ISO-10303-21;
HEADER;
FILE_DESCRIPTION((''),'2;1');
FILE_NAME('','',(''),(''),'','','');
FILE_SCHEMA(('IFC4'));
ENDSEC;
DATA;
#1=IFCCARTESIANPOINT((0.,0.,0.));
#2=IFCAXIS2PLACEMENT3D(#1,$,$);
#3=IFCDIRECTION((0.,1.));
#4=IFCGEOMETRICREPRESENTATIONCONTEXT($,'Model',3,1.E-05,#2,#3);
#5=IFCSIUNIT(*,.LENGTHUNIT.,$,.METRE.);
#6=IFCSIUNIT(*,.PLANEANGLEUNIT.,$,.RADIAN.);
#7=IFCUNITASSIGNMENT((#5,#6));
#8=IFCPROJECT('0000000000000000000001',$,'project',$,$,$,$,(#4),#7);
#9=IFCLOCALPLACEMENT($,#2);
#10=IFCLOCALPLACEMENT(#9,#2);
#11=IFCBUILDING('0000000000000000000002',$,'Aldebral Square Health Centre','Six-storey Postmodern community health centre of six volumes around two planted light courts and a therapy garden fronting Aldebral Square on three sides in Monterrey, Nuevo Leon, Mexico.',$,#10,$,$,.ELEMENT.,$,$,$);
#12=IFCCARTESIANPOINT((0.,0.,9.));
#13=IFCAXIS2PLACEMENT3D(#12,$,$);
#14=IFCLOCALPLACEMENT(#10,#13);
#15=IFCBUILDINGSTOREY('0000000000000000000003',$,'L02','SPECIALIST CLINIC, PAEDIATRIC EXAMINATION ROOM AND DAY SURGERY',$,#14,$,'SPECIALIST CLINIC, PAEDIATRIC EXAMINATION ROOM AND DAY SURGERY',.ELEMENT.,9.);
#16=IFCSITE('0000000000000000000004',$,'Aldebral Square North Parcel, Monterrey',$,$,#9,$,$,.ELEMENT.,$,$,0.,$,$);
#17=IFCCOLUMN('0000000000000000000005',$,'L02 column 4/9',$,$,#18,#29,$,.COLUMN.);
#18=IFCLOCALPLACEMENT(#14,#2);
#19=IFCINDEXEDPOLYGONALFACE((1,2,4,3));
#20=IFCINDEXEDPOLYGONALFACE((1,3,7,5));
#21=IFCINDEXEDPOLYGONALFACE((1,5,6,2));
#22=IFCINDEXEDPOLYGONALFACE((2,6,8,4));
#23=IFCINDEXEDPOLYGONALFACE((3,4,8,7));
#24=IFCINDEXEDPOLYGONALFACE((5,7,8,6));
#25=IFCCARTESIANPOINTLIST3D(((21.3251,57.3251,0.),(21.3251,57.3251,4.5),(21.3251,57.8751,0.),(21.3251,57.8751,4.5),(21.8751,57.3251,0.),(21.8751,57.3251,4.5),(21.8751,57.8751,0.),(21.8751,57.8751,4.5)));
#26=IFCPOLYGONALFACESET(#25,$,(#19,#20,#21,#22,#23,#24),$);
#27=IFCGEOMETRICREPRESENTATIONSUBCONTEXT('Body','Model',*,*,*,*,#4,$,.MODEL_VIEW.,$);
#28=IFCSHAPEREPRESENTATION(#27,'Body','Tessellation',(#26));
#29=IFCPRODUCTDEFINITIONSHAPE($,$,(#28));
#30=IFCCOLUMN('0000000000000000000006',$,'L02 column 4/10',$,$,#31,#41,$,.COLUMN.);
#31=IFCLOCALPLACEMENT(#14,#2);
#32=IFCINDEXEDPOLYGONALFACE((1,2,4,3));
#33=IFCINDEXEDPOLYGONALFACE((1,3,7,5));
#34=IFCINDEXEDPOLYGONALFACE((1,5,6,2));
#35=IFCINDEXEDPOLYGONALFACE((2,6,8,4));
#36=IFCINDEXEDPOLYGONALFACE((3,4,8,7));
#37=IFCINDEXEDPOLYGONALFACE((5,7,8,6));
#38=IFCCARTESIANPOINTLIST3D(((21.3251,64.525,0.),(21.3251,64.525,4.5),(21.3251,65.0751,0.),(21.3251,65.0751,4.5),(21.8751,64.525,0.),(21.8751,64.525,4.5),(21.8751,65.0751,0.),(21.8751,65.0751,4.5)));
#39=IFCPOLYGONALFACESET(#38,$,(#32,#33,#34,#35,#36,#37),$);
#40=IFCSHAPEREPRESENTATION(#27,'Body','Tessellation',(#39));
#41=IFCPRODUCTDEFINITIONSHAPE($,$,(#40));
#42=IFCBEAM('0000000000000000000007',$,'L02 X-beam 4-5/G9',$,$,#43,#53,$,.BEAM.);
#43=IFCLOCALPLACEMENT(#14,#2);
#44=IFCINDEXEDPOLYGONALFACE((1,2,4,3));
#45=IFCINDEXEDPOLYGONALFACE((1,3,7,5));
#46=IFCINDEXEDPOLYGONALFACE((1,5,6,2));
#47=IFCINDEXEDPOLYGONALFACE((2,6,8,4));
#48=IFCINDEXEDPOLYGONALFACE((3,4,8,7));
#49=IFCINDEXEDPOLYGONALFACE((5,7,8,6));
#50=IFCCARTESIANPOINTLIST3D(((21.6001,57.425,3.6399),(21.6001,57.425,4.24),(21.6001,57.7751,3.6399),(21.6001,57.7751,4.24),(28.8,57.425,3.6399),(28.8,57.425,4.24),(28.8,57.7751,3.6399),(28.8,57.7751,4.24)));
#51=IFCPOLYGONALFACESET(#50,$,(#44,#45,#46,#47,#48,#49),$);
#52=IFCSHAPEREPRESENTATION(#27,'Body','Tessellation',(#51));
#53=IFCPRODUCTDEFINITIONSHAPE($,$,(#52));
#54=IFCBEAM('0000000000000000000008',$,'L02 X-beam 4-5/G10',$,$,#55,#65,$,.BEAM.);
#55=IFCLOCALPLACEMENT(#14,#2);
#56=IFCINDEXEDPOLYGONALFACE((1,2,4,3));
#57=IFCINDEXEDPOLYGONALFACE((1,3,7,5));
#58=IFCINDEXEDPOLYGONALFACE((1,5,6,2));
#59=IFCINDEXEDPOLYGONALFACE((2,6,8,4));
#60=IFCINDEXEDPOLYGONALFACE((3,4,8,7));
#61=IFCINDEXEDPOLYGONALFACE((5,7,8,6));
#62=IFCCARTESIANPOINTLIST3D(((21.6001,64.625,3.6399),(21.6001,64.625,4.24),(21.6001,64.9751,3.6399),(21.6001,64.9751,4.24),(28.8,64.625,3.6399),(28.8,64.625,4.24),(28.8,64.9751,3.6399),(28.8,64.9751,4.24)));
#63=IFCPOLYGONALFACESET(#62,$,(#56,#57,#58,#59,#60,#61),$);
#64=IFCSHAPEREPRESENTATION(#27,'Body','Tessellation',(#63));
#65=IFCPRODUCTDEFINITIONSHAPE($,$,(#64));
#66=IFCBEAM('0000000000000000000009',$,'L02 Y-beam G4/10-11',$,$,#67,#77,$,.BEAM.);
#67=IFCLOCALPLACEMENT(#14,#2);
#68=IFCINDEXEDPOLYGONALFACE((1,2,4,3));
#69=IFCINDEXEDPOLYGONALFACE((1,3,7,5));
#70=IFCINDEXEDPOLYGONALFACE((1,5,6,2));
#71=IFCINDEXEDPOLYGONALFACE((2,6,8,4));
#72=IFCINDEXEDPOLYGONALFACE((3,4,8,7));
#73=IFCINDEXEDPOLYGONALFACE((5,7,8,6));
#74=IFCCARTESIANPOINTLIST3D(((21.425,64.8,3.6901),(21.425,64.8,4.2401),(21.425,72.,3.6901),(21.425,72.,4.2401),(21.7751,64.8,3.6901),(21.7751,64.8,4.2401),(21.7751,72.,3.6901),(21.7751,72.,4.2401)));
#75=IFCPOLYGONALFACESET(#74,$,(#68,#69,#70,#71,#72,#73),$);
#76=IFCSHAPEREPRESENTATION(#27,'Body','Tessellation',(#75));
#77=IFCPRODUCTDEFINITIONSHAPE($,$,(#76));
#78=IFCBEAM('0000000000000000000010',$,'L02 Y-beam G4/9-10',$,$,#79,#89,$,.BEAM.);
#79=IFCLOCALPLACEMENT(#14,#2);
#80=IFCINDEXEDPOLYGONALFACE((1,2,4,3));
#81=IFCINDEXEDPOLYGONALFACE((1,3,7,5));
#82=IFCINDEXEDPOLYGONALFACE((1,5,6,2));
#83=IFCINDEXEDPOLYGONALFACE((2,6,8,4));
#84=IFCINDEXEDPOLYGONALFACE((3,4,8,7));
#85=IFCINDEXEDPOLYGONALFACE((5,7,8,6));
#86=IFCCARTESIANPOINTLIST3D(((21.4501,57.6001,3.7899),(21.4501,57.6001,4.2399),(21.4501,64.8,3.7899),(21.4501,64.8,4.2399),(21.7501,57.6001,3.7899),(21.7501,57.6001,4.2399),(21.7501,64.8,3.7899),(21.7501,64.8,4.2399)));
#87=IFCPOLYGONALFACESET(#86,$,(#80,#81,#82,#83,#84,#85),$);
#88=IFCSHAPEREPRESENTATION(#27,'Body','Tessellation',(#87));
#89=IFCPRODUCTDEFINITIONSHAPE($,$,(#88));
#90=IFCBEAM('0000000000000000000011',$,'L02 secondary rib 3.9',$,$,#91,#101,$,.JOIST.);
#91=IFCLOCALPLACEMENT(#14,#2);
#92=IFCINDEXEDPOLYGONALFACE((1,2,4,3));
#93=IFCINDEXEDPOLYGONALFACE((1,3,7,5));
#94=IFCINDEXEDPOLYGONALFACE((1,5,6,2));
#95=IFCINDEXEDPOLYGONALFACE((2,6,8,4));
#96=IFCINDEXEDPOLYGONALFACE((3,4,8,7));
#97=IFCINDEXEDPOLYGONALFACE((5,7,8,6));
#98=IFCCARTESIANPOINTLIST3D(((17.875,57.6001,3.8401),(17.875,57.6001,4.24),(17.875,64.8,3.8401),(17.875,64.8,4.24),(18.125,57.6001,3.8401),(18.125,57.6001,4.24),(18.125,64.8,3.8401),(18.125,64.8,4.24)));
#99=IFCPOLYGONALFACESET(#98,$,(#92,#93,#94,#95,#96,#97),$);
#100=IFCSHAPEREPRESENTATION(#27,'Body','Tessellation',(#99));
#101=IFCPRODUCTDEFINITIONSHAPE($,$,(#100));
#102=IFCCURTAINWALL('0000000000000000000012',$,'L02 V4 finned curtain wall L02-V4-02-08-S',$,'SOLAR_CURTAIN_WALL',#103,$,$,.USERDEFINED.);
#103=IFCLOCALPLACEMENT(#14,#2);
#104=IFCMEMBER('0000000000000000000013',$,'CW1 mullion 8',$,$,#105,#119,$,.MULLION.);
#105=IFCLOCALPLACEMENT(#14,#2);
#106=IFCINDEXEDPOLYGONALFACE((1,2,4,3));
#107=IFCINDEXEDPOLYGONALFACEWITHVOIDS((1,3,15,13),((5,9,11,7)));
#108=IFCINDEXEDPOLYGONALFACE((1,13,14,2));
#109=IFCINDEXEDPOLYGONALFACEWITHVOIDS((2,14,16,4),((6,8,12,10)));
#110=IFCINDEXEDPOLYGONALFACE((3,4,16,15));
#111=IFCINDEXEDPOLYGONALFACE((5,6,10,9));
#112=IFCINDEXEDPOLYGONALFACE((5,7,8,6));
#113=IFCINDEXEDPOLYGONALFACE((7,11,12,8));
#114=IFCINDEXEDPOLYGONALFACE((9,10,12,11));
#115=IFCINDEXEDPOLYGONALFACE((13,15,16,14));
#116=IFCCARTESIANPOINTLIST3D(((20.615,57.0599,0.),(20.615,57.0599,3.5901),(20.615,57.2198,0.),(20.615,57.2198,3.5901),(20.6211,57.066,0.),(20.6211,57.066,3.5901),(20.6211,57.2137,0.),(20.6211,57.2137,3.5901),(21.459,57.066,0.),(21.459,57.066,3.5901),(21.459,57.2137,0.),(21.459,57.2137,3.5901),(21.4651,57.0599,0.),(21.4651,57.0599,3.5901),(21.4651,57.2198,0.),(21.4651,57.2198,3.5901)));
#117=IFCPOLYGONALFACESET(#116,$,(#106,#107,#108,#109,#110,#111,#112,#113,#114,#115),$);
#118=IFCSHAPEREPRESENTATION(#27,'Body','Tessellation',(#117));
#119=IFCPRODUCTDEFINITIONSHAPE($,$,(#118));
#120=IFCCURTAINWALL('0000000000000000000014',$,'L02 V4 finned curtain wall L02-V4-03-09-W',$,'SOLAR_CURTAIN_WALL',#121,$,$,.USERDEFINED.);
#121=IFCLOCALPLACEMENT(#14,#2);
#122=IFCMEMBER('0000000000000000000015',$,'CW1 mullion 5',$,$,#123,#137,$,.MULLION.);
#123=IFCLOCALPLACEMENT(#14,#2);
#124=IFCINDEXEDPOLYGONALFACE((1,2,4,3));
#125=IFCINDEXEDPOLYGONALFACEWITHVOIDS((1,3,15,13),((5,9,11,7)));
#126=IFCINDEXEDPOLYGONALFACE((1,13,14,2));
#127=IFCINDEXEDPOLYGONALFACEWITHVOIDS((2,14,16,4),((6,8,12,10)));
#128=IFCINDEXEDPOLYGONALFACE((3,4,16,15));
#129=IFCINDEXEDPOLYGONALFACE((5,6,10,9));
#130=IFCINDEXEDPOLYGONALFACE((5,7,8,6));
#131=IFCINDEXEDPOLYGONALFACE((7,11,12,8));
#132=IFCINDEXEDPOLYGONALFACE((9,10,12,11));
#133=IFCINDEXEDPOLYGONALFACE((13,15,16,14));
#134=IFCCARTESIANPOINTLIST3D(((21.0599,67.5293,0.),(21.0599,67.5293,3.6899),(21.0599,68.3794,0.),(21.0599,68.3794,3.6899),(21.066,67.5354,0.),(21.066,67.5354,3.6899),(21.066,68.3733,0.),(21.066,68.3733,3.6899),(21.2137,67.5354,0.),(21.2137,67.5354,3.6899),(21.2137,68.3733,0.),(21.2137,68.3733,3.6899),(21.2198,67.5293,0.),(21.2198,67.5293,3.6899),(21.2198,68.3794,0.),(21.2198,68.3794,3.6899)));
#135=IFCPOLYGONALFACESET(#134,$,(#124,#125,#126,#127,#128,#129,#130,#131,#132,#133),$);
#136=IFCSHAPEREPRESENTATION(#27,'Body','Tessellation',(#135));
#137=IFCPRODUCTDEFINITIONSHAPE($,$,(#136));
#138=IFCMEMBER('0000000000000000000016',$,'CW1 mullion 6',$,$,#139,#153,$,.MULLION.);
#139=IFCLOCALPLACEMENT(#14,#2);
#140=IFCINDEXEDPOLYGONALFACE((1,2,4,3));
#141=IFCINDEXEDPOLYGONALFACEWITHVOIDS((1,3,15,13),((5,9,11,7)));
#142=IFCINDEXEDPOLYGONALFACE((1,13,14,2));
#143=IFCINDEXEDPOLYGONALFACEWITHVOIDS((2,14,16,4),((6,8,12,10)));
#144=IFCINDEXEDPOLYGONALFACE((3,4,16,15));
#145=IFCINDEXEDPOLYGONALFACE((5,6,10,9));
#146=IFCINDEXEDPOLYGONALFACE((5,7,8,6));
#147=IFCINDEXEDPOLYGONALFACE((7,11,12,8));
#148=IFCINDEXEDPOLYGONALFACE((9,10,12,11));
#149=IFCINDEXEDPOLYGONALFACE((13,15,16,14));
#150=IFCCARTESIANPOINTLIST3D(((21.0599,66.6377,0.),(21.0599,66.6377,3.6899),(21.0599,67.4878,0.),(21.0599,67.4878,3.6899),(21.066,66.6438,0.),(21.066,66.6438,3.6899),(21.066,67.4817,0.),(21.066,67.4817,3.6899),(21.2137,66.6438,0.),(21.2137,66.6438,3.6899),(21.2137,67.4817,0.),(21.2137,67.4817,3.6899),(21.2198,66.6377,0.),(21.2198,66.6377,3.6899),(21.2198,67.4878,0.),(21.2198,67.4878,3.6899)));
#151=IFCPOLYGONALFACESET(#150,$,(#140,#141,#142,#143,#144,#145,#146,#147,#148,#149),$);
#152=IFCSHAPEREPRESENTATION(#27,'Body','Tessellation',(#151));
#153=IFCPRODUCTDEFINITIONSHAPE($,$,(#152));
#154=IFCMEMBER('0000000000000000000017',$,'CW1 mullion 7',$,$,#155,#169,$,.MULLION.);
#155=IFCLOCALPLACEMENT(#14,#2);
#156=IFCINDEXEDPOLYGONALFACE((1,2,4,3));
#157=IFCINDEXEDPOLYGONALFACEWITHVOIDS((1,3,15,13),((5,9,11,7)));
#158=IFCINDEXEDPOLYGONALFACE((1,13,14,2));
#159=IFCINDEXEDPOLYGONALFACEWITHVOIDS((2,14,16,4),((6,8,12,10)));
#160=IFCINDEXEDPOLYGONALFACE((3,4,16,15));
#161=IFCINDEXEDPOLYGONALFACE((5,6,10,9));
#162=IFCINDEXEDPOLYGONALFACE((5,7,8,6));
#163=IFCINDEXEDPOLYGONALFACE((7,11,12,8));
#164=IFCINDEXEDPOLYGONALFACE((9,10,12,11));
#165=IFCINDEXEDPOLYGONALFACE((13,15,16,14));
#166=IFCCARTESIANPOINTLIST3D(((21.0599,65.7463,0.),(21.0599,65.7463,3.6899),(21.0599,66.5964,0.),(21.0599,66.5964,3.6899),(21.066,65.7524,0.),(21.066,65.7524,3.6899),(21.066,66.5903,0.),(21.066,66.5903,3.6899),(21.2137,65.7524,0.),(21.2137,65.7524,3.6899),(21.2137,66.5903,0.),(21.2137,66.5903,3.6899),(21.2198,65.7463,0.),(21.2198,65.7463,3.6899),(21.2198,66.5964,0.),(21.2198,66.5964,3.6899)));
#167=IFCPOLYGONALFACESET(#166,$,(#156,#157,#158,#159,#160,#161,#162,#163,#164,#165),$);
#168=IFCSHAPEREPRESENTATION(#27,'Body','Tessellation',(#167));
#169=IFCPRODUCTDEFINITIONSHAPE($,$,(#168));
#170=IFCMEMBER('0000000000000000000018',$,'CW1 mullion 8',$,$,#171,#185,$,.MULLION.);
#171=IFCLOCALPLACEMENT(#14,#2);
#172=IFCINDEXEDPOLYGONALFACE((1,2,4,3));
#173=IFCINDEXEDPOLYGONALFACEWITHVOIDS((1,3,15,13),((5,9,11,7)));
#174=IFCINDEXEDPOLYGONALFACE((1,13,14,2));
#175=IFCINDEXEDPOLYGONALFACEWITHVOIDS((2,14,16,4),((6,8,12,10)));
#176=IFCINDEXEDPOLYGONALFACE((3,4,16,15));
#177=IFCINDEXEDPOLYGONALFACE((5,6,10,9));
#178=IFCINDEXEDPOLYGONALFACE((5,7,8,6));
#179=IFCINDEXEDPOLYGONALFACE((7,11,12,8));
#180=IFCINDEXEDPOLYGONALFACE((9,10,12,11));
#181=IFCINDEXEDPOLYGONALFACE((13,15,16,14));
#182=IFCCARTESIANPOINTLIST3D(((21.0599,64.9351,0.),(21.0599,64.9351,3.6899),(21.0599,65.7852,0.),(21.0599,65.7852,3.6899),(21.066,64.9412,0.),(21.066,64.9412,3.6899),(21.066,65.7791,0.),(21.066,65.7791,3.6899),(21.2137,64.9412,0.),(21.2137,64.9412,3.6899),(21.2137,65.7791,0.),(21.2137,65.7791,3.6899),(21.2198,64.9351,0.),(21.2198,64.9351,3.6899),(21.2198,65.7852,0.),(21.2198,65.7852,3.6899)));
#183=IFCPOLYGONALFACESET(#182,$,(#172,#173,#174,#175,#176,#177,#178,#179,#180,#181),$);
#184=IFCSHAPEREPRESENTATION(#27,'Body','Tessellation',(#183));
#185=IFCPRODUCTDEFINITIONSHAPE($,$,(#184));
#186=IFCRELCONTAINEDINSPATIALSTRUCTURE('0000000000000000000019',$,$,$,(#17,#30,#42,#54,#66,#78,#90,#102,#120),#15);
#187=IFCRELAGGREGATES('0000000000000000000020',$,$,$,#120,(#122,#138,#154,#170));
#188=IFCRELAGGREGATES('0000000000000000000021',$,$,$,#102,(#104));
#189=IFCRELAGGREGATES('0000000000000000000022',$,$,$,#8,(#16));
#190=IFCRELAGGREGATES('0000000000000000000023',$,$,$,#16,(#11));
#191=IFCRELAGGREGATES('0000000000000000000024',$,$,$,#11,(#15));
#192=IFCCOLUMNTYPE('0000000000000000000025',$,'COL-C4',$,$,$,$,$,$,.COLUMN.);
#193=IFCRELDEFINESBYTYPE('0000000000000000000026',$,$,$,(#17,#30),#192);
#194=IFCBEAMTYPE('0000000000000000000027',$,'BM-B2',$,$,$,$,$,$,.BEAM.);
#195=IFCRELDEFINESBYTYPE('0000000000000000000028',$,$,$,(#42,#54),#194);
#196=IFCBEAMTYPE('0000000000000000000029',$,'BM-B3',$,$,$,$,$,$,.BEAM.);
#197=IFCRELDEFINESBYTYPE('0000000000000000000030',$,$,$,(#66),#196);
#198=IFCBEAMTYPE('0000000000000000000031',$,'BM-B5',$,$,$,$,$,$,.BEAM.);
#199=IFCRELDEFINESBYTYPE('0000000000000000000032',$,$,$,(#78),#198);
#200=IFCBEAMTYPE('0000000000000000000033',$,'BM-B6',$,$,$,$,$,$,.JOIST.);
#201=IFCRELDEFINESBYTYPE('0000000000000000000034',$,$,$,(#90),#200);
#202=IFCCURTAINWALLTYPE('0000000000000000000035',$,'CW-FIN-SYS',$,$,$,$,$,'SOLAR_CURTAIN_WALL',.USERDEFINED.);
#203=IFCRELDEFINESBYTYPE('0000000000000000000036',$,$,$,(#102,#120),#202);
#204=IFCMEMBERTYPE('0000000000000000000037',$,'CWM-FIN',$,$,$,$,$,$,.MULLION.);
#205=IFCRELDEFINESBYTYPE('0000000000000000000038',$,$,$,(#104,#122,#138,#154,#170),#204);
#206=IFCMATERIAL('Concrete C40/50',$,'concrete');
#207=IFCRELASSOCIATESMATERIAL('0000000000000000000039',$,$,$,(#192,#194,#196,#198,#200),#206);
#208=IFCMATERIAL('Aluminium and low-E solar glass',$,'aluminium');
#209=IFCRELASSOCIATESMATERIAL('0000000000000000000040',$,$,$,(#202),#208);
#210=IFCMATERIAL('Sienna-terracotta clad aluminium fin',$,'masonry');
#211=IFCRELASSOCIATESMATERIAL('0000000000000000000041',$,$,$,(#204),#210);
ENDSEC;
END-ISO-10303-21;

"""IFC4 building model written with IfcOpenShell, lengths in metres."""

from ifc_helpers import new_model, si_unit, direction, frame, origin, origin_2d, place, context, subcontext, project, spatial, rectangle, hollow_rectangle, extrude, material, material_profile, profile_set, type_object, element, aggregate, save


model = new_model("IFC4")

# Units and contexts
model_context = context("Model", 3, precision=1e-05, world=origin(), true_north=direction((0.0, 1.0)))
body_context = subcontext(model_context, "Body", "Model", "MODEL_VIEW")
ifc_project = project(units=[si_unit("LENGTHUNIT", "METRE"), si_unit("PLANEANGLEUNIT", "RADIAN")], contexts=[model_context])

# Site, building, storey
site_placement = place(None, origin())
site = spatial("IfcSite", under=ifc_project, at=site_placement, Name="Aldebral Square North Parcel, Monterrey", CompositionType="ELEMENT", RefElevation=0.0)
building_placement = place(site_placement, origin())
building = spatial("IfcBuilding", under=site, at=building_placement, Name="Aldebral Square Health Centre", Description="Six-storey Postmodern community health centre of six volumes around two planted light courts and a therapy garden fronting Aldebral Square on three sides in Monterrey, Nuevo Leon, Mexico.", CompositionType="ELEMENT")
storey_placement = place(building_placement, frame((0.0, 0.0, 9.0)))
storey = spatial("IfcBuildingStorey", under=building, at=storey_placement, Name="L02", Description="SPECIALIST CLINIC, PAEDIATRIC EXAMINATION ROOM AND DAY SURGERY", LongName="SPECIALIST CLINIC, PAEDIATRIC EXAMINATION ROOM AND DAY SURGERY", CompositionType="ELEMENT", Elevation=9.0)

# Columns
ifc_material_1 = material(Name="Concrete C40/50", Category="concrete")
ifc_material_profile_1 = material_profile(ifc_material_1, rectangle(XDim=0.55, YDim=0.55, at=origin_2d()), Name="RC 550x550")
ifc_profile_set_1 = profile_set([ifc_material_profile_1], Name="Concrete C40/50")
column_type = type_object("IfcColumnType", Name="COL-C4", PredefinedType="COLUMN", material=ifc_profile_set_1)
for number, where, z_axis, x_axis, name in (
    (1, (21.6001, 57.6001, 0.0), (0.0, 0.0, 1.0), (1.0, 0.0, 0.0), "L02 column 4/9"),
    (2, (21.6001, 64.8, 0.0), (0.0, 0.0, 1.0), (1.0, 0.0, 0.0), "L02 column 4/10"),
):
    element("IfcColumn", number, at=place(storey_placement, frame(where, z_axis=z_axis, x_axis=x_axis)), inside=storey, type_object=column_type, Name=name, PredefinedType="COLUMN", context=body_context, shape_type="SweptSolid", body=[
        extrude(rectangle(XDim=0.55, YDim=0.55, at=origin_2d()), origin(), (0.0, 0.0, 1.0), 4.5),
    ])

# Beams
ifc_material_profile_2 = material_profile(ifc_material_1, rectangle(XDim=0.3501, YDim=0.6001, at=origin_2d()), Name="RC 350x600")
ifc_profile_set_2 = profile_set([ifc_material_profile_2], Name="Concrete C40/50")
beam_type_1 = type_object("IfcBeamType", Name="BM-B2", PredefinedType="BEAM", material=ifc_profile_set_2)
for number, where, z_axis, x_axis, name in (
    (3, (21.6001, 57.6001, 3.9399), (1.0, 0.0, 0.0), (0.0, 1.0, 0.0), "L02 X-beam 4-5/G9"),
    (4, (21.6001, 64.8, 3.9399), (1.0, 0.0, 0.0), (0.0, 1.0, 0.0), "L02 X-beam 4-5/G10"),
):
    element("IfcBeam", number, at=place(storey_placement, frame(where, z_axis=z_axis, x_axis=x_axis)), inside=storey, type_object=beam_type_1, Name=name, PredefinedType="BEAM", context=body_context, shape_type="SweptSolid", body=[
        extrude(rectangle(XDim=0.3501, YDim=0.6001, at=origin_2d()), origin(), (0.0, 0.0, 1.0), 7.2),
    ])
ifc_material_profile_3 = material_profile(ifc_material_1, rectangle(XDim=0.3501, YDim=0.55, at=origin_2d()), Name="RC 350x550")
ifc_profile_set_3 = profile_set([ifc_material_profile_3], Name="Concrete C40/50")
beam_type_2 = type_object("IfcBeamType", Name="BM-B3", PredefinedType="BEAM", material=ifc_profile_set_3)
beam_1_placement = place(storey_placement, frame((21.6001, 64.8, 3.9651), z_axis=(0.0, 1.0, 0.0), x_axis=(-1.0, 0.0, 0.0)))
element("IfcBeam", 5, at=beam_1_placement, inside=storey, type_object=beam_type_2, Name="L02 Y-beam G4/10-11", PredefinedType="BEAM", context=body_context, shape_type="SweptSolid", body=[
    extrude(rectangle(XDim=0.3501, YDim=0.55, at=origin_2d()), origin(), (0.0, 0.0, 1.0), 7.2),
])
ifc_material_profile_4 = material_profile(ifc_material_1, rectangle(XDim=0.3, YDim=0.45, at=origin_2d()), Name="RC 300x450")
ifc_profile_set_4 = profile_set([ifc_material_profile_4], Name="Concrete C40/50")
beam_type_3 = type_object("IfcBeamType", Name="BM-B5", PredefinedType="BEAM", material=ifc_profile_set_4)
beam_2_placement = place(storey_placement, frame((21.6001, 57.6001, 4.0149), z_axis=(0.0, 1.0, 0.0), x_axis=(-1.0, 0.0, 0.0)))
element("IfcBeam", 6, at=beam_2_placement, inside=storey, type_object=beam_type_3, Name="L02 Y-beam G4/9-10", PredefinedType="BEAM", context=body_context, shape_type="SweptSolid", body=[
    extrude(rectangle(XDim=0.3, YDim=0.45, at=origin_2d()), origin(), (0.0, 0.0, 1.0), 7.2),
])
ifc_material_profile_5 = material_profile(ifc_material_1, rectangle(XDim=0.25, YDim=0.3999, at=origin_2d()), Name="RC 250x400")
ifc_profile_set_5 = profile_set([ifc_material_profile_5], Name="Concrete C40/50")
beam_type_4 = type_object("IfcBeamType", Name="BM-B6", PredefinedType="JOIST", material=ifc_profile_set_5)
beam_3_placement = place(storey_placement, frame((18.0, 57.6001, 4.04), z_axis=(0.0, 1.0, 0.0), x_axis=(-1.0, 0.0, 0.0)))
element("IfcBeam", 7, at=beam_3_placement, inside=storey, type_object=beam_type_4, Name="L02 secondary rib 3.9", PredefinedType="JOIST", context=body_context, shape_type="SweptSolid", body=[
    extrude(rectangle(XDim=0.25, YDim=0.3999, at=origin_2d()), origin(), (0.0, 0.0, 1.0), 7.2),
])

# Curtain wall, member
ifc_material_2 = material(Name="Aluminium and low-E solar glass", Category="aluminium")
curtain_wall_type = type_object("IfcCurtainWallType", Name="CW-FIN-SYS", ElementType="SOLAR_CURTAIN_WALL", PredefinedType="USERDEFINED", material=ifc_material_2)
curtain_wall_1_placement = place(storey_placement, origin())
curtain_wall_1 = element("IfcCurtainWall", 8, at=curtain_wall_1_placement, inside=storey, type_object=curtain_wall_type, Name="L02 V4 finned curtain wall L02-V4-02-08-S", ObjectType="SOLAR_CURTAIN_WALL", PredefinedType="USERDEFINED")
ifc_material_3 = material(Name="Sienna-terracotta clad aluminium fin", Category="masonry")
ifc_material_profile_6 = material_profile(ifc_material_3, hollow_rectangle(XDim=0.1599, YDim=0.8501, WallThickness=0.0061, at=origin_2d()), Name="FIN 160x850x6")
ifc_profile_set_6 = profile_set([ifc_material_profile_6], Name="Sienna-terracotta clad aluminium fin")
member_type_1 = type_object("IfcMemberType", Name="CWM-FIN", PredefinedType="MULLION", material=ifc_profile_set_6)
member_1_placement = place(storey_placement, frame((21.04, 57.1399, 0.0), z_axis=(0.0, 0.0, 1.0), x_axis=(0.0, 1.0, 0.0)))
member_1 = element("IfcMember", 9, at=member_1_placement, type_object=member_type_1, Name="CW1 mullion 8", PredefinedType="MULLION", context=body_context, shape_type="SweptSolid", body=[
    extrude(hollow_rectangle(XDim=0.1599, YDim=0.8501, WallThickness=0.0061, at=origin_2d()), origin(), (0.0, 0.0, 1.0), 3.5901),
])

# Curtain wall, members
curtain_wall_2_placement = place(storey_placement, origin())
curtain_wall_2 = element("IfcCurtainWall", 10, at=curtain_wall_2_placement, inside=storey, type_object=curtain_wall_type, Name="L02 V4 finned curtain wall L02-V4-03-09-W", ObjectType="SOLAR_CURTAIN_WALL", PredefinedType="USERDEFINED")
member_2_placement = place(storey_placement, frame((21.1399, 67.9543, 0.0), z_axis=(0.0, 0.0, 1.0), x_axis=(1.0, 0.0, 0.0)))
member_2 = element("IfcMember", 11, at=member_2_placement, type_object=member_type_1, Name="CW1 mullion 5", PredefinedType="MULLION", context=body_context, shape_type="SweptSolid", body=[
    extrude(hollow_rectangle(XDim=0.1599, YDim=0.8501, WallThickness=0.0061, at=origin_2d()), origin(), (0.0, 0.0, 1.0), 3.6899),
])
member_3_placement = place(storey_placement, frame((21.1399, 67.0627, 0.0), z_axis=(0.0, 0.0, 1.0), x_axis=(1.0, 0.0, 0.0)))
member_3 = element("IfcMember", 12, at=member_3_placement, type_object=member_type_1, Name="CW1 mullion 6", PredefinedType="MULLION", context=body_context, shape_type="SweptSolid", body=[
    extrude(hollow_rectangle(XDim=0.1599, YDim=0.8501, WallThickness=0.0061, at=origin_2d()), origin(), (0.0, 0.0, 1.0), 3.6899),
])
member_4_placement = place(storey_placement, frame((21.1399, 66.1714, 0.0), z_axis=(0.0, 0.0, 1.0), x_axis=(1.0, 0.0, 0.0)))
member_4 = element("IfcMember", 13, at=member_4_placement, type_object=member_type_1, Name="CW1 mullion 7", PredefinedType="MULLION", context=body_context, shape_type="SweptSolid", body=[
    extrude(hollow_rectangle(XDim=0.1599, YDim=0.8501, WallThickness=0.0061, at=origin_2d()), origin(), (0.0, 0.0, 1.0), 3.6899),
])
member_5_placement = place(storey_placement, frame((21.1399, 65.3601, 0.0), z_axis=(0.0, 0.0, 1.0), x_axis=(1.0, 0.0, 0.0)))
member_5 = element("IfcMember", 14, at=member_5_placement, type_object=member_type_1, Name="CW1 mullion 8", PredefinedType="MULLION", context=body_context, shape_type="SweptSolid", body=[
    extrude(hollow_rectangle(XDim=0.1599, YDim=0.8501, WallThickness=0.0061, at=origin_2d()), origin(), (0.0, 0.0, 1.0), 3.6899),
])
aggregate(curtain_wall_2, [member_2, member_3, member_4, member_5])

aggregate(curtain_wall_1, [member_1])

save(model, "model.ifc")
